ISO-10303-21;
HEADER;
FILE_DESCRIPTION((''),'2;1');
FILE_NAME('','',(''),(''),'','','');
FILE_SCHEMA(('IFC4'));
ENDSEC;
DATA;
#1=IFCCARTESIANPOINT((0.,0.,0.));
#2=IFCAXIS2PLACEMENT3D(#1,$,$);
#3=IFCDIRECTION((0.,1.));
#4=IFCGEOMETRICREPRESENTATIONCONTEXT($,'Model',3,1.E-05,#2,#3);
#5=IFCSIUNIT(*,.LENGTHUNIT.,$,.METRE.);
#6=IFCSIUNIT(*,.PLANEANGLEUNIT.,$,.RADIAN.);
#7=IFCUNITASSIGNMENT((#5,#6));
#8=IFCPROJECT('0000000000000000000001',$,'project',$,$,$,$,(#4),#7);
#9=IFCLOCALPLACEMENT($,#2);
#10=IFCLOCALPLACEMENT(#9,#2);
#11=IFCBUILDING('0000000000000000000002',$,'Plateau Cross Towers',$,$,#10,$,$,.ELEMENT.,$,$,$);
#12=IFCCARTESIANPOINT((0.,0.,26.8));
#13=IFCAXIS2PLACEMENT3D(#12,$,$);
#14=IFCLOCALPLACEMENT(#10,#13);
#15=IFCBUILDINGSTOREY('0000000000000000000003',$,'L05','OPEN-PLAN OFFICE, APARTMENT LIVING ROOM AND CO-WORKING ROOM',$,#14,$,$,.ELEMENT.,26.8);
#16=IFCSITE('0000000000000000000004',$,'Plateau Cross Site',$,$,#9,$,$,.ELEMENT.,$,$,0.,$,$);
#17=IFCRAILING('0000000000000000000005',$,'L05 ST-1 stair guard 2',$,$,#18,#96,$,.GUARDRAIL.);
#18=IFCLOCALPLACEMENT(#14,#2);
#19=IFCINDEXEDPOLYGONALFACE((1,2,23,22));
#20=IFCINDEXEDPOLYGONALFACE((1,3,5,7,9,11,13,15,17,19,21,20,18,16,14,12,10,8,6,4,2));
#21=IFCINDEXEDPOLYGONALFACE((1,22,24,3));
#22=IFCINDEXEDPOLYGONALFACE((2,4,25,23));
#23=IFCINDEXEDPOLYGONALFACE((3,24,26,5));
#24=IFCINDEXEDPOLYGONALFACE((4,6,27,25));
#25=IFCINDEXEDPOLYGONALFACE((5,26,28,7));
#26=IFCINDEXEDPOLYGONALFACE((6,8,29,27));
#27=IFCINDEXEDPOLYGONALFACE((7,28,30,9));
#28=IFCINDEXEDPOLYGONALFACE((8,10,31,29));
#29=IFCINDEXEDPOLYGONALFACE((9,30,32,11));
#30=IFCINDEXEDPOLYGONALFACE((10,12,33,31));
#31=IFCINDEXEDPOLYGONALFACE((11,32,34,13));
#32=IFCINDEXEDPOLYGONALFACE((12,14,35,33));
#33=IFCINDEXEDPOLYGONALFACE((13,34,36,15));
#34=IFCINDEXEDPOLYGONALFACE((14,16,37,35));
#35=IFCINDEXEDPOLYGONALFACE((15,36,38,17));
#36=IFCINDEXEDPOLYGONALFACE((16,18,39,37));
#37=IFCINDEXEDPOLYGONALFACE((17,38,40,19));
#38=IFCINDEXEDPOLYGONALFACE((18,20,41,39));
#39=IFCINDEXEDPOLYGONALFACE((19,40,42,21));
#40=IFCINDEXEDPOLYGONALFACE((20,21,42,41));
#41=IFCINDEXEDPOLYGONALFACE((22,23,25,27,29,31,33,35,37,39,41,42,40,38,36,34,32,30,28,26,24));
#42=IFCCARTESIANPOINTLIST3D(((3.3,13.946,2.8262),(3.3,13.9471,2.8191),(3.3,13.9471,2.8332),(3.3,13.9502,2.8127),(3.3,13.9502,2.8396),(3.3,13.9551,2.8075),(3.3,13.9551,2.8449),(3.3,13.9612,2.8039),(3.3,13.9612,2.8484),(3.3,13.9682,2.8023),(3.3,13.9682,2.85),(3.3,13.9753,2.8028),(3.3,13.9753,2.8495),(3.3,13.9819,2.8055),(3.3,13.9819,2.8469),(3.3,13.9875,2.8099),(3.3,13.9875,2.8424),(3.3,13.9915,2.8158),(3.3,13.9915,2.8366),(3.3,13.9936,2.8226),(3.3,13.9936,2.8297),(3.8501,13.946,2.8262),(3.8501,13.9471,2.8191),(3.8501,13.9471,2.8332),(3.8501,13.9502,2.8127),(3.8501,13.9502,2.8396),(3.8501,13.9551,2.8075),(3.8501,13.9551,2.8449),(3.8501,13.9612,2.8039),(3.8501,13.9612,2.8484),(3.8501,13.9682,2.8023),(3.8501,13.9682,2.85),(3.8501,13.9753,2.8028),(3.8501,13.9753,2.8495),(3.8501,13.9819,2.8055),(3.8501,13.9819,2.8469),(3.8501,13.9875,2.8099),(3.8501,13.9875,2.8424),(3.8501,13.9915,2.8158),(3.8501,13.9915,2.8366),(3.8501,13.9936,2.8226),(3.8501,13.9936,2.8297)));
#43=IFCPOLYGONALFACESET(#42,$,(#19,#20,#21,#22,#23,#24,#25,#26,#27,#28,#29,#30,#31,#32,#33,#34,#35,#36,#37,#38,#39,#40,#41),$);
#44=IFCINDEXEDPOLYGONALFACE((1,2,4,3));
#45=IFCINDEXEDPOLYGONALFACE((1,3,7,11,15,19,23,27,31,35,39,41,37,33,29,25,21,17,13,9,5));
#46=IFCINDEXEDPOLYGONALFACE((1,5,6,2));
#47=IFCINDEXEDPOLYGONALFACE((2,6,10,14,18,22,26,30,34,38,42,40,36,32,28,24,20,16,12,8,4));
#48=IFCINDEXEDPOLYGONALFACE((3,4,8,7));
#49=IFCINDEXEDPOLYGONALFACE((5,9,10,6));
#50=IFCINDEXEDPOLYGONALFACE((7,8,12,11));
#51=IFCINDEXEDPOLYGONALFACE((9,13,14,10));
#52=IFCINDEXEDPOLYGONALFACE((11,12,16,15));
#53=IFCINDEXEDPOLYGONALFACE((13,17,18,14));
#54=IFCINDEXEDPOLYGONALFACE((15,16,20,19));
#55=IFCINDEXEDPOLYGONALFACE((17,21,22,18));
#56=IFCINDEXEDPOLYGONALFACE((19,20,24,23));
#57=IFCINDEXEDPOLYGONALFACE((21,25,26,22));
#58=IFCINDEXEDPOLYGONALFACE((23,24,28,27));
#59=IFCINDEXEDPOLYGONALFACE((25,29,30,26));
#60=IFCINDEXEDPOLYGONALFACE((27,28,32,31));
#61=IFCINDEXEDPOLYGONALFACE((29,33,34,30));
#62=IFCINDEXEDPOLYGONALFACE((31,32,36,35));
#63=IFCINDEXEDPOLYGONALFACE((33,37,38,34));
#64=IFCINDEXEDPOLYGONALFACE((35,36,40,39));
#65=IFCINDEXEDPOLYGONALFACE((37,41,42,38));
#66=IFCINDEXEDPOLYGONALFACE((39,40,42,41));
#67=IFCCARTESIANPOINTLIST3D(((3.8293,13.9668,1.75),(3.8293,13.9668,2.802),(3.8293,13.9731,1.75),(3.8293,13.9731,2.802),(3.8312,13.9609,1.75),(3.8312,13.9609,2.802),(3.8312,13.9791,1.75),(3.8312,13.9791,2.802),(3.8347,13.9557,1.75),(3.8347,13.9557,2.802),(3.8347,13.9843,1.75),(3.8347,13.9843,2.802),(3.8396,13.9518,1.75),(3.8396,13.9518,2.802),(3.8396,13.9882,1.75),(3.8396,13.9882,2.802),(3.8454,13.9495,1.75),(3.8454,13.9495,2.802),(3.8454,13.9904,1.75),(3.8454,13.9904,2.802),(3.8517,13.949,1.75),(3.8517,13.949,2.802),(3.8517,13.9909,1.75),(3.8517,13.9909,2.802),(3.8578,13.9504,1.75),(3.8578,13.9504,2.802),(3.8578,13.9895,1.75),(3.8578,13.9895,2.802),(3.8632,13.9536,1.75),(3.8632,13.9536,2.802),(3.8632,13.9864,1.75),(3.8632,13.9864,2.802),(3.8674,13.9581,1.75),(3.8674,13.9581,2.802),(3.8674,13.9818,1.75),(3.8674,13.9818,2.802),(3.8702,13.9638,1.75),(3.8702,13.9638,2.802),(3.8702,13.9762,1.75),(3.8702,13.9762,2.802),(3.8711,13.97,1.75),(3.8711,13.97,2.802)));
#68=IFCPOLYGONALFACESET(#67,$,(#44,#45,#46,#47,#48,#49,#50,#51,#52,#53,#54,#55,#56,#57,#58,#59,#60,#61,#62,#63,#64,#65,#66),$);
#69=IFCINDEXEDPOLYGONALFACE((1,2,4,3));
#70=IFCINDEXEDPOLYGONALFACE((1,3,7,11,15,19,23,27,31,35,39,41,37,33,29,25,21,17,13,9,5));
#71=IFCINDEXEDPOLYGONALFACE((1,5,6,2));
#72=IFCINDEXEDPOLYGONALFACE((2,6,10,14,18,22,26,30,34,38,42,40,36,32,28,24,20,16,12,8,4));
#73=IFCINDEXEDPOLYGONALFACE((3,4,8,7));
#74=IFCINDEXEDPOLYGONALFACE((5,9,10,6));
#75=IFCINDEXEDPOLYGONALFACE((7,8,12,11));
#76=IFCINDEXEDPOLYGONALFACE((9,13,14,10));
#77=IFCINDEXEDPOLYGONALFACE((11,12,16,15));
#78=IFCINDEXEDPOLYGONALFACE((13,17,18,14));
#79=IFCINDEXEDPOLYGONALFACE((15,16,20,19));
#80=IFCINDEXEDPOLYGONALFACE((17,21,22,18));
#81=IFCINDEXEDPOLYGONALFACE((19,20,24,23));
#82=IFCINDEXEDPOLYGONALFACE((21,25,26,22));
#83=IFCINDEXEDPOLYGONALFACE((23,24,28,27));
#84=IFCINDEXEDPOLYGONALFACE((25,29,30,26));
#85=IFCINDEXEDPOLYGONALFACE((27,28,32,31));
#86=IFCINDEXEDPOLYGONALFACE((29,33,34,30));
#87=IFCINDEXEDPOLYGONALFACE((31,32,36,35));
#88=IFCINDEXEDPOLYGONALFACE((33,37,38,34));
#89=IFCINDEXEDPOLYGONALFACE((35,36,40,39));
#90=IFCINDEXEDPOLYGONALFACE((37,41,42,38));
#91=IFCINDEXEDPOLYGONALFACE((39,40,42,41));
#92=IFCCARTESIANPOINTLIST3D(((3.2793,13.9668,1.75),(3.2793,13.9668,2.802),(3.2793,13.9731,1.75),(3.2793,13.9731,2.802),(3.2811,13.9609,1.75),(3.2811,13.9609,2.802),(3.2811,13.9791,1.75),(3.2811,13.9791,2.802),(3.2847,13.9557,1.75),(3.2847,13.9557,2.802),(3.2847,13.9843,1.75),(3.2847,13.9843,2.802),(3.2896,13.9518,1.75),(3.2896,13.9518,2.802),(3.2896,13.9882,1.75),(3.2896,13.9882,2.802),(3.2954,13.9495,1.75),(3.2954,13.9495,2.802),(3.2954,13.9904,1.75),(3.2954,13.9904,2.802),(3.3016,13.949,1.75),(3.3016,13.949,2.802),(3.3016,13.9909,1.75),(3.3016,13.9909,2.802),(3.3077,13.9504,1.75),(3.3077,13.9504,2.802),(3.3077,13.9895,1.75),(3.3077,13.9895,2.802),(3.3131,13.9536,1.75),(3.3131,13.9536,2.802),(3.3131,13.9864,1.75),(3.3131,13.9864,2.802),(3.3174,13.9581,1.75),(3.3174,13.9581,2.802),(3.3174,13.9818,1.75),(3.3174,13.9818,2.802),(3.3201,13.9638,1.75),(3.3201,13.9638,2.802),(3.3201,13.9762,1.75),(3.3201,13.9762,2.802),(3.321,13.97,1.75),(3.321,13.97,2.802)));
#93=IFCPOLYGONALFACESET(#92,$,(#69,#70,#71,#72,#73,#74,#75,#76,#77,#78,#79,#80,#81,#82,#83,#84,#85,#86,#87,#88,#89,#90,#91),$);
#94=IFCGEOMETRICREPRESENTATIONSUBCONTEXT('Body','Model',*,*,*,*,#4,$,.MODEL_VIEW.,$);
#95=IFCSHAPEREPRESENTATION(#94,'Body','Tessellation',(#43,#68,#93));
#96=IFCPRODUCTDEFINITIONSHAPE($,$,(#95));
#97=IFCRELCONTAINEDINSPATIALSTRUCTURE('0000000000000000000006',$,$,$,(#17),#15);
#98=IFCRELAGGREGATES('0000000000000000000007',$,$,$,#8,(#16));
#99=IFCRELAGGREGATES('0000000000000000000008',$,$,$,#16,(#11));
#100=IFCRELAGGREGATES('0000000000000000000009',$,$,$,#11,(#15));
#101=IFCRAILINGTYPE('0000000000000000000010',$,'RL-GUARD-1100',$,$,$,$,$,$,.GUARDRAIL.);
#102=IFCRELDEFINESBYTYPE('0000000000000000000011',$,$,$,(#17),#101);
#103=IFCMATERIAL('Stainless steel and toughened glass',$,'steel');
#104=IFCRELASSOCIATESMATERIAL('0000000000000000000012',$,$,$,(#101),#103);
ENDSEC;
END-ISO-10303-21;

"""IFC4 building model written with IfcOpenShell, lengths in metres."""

from ifc_helpers import new_model, si_unit, direction, frame, origin, origin_2d, place, context, subcontext, project, spatial, circle, extrude, material, type_object, element, save


model = new_model("IFC4")

# Units and contexts
model_context = context("Model", 3, precision=1e-05, world=origin(), true_north=direction((0.0, 1.0)))
body_context = subcontext(model_context, "Body", "Model", "MODEL_VIEW")
ifc_project = project(units=[si_unit("LENGTHUNIT", "METRE"), si_unit("PLANEANGLEUNIT", "RADIAN")], contexts=[model_context])

# Site, building, storey
site_placement = place(None, origin())
site = spatial("IfcSite", under=ifc_project, at=site_placement, Name="Plateau Cross Site", CompositionType="ELEMENT", RefElevation=0.0)
building_placement = place(site_placement, origin())
building = spatial("IfcBuilding", under=site, at=building_placement, Name="Plateau Cross Towers", CompositionType="ELEMENT")
storey_placement = place(building_placement, frame((0.0, 0.0, 26.8)))
storey = spatial("IfcBuildingStorey", under=building, at=storey_placement, Name="L05", Description="OPEN-PLAN OFFICE, APARTMENT LIVING ROOM AND CO-WORKING ROOM", CompositionType="ELEMENT", Elevation=26.8)

# Railing
ifc_material_1 = material(Name="Stainless steel and toughened glass", Category="steel")
railing_type_1 = type_object("IfcRailingType", Name="RL-GUARD-1100", PredefinedType="GUARDRAIL", material=ifc_material_1)
railing_1_placement = place(storey_placement, frame((3.8501, 13.97, 1.75)))
element("IfcRailing", 1, at=railing_1_placement, inside=storey, type_object=railing_type_1, Name="L05 ST-1 stair guard 2", PredefinedType="GUARDRAIL", context=body_context, shape_type="SweptSolid", body=[
    extrude(circle(Radius=0.0239, at=origin_2d()), frame((0.0, 0.0, 1.0762), z_axis=(-1.0, 0.0, 0.0), x_axis=(0.0, -1.0, 0.0)), (0.0, 0.0, 1.0), 0.55),
    extrude(circle(Radius=0.021, at=origin_2d()), origin(), (0.0, 0.0, 1.0), 1.052),
    extrude(circle(Radius=0.021, at=origin_2d()), frame((-0.55, 0.0, 0.0)), (0.0, 0.0, 1.0), 1.052),
])

save(model, "model.ifc")
